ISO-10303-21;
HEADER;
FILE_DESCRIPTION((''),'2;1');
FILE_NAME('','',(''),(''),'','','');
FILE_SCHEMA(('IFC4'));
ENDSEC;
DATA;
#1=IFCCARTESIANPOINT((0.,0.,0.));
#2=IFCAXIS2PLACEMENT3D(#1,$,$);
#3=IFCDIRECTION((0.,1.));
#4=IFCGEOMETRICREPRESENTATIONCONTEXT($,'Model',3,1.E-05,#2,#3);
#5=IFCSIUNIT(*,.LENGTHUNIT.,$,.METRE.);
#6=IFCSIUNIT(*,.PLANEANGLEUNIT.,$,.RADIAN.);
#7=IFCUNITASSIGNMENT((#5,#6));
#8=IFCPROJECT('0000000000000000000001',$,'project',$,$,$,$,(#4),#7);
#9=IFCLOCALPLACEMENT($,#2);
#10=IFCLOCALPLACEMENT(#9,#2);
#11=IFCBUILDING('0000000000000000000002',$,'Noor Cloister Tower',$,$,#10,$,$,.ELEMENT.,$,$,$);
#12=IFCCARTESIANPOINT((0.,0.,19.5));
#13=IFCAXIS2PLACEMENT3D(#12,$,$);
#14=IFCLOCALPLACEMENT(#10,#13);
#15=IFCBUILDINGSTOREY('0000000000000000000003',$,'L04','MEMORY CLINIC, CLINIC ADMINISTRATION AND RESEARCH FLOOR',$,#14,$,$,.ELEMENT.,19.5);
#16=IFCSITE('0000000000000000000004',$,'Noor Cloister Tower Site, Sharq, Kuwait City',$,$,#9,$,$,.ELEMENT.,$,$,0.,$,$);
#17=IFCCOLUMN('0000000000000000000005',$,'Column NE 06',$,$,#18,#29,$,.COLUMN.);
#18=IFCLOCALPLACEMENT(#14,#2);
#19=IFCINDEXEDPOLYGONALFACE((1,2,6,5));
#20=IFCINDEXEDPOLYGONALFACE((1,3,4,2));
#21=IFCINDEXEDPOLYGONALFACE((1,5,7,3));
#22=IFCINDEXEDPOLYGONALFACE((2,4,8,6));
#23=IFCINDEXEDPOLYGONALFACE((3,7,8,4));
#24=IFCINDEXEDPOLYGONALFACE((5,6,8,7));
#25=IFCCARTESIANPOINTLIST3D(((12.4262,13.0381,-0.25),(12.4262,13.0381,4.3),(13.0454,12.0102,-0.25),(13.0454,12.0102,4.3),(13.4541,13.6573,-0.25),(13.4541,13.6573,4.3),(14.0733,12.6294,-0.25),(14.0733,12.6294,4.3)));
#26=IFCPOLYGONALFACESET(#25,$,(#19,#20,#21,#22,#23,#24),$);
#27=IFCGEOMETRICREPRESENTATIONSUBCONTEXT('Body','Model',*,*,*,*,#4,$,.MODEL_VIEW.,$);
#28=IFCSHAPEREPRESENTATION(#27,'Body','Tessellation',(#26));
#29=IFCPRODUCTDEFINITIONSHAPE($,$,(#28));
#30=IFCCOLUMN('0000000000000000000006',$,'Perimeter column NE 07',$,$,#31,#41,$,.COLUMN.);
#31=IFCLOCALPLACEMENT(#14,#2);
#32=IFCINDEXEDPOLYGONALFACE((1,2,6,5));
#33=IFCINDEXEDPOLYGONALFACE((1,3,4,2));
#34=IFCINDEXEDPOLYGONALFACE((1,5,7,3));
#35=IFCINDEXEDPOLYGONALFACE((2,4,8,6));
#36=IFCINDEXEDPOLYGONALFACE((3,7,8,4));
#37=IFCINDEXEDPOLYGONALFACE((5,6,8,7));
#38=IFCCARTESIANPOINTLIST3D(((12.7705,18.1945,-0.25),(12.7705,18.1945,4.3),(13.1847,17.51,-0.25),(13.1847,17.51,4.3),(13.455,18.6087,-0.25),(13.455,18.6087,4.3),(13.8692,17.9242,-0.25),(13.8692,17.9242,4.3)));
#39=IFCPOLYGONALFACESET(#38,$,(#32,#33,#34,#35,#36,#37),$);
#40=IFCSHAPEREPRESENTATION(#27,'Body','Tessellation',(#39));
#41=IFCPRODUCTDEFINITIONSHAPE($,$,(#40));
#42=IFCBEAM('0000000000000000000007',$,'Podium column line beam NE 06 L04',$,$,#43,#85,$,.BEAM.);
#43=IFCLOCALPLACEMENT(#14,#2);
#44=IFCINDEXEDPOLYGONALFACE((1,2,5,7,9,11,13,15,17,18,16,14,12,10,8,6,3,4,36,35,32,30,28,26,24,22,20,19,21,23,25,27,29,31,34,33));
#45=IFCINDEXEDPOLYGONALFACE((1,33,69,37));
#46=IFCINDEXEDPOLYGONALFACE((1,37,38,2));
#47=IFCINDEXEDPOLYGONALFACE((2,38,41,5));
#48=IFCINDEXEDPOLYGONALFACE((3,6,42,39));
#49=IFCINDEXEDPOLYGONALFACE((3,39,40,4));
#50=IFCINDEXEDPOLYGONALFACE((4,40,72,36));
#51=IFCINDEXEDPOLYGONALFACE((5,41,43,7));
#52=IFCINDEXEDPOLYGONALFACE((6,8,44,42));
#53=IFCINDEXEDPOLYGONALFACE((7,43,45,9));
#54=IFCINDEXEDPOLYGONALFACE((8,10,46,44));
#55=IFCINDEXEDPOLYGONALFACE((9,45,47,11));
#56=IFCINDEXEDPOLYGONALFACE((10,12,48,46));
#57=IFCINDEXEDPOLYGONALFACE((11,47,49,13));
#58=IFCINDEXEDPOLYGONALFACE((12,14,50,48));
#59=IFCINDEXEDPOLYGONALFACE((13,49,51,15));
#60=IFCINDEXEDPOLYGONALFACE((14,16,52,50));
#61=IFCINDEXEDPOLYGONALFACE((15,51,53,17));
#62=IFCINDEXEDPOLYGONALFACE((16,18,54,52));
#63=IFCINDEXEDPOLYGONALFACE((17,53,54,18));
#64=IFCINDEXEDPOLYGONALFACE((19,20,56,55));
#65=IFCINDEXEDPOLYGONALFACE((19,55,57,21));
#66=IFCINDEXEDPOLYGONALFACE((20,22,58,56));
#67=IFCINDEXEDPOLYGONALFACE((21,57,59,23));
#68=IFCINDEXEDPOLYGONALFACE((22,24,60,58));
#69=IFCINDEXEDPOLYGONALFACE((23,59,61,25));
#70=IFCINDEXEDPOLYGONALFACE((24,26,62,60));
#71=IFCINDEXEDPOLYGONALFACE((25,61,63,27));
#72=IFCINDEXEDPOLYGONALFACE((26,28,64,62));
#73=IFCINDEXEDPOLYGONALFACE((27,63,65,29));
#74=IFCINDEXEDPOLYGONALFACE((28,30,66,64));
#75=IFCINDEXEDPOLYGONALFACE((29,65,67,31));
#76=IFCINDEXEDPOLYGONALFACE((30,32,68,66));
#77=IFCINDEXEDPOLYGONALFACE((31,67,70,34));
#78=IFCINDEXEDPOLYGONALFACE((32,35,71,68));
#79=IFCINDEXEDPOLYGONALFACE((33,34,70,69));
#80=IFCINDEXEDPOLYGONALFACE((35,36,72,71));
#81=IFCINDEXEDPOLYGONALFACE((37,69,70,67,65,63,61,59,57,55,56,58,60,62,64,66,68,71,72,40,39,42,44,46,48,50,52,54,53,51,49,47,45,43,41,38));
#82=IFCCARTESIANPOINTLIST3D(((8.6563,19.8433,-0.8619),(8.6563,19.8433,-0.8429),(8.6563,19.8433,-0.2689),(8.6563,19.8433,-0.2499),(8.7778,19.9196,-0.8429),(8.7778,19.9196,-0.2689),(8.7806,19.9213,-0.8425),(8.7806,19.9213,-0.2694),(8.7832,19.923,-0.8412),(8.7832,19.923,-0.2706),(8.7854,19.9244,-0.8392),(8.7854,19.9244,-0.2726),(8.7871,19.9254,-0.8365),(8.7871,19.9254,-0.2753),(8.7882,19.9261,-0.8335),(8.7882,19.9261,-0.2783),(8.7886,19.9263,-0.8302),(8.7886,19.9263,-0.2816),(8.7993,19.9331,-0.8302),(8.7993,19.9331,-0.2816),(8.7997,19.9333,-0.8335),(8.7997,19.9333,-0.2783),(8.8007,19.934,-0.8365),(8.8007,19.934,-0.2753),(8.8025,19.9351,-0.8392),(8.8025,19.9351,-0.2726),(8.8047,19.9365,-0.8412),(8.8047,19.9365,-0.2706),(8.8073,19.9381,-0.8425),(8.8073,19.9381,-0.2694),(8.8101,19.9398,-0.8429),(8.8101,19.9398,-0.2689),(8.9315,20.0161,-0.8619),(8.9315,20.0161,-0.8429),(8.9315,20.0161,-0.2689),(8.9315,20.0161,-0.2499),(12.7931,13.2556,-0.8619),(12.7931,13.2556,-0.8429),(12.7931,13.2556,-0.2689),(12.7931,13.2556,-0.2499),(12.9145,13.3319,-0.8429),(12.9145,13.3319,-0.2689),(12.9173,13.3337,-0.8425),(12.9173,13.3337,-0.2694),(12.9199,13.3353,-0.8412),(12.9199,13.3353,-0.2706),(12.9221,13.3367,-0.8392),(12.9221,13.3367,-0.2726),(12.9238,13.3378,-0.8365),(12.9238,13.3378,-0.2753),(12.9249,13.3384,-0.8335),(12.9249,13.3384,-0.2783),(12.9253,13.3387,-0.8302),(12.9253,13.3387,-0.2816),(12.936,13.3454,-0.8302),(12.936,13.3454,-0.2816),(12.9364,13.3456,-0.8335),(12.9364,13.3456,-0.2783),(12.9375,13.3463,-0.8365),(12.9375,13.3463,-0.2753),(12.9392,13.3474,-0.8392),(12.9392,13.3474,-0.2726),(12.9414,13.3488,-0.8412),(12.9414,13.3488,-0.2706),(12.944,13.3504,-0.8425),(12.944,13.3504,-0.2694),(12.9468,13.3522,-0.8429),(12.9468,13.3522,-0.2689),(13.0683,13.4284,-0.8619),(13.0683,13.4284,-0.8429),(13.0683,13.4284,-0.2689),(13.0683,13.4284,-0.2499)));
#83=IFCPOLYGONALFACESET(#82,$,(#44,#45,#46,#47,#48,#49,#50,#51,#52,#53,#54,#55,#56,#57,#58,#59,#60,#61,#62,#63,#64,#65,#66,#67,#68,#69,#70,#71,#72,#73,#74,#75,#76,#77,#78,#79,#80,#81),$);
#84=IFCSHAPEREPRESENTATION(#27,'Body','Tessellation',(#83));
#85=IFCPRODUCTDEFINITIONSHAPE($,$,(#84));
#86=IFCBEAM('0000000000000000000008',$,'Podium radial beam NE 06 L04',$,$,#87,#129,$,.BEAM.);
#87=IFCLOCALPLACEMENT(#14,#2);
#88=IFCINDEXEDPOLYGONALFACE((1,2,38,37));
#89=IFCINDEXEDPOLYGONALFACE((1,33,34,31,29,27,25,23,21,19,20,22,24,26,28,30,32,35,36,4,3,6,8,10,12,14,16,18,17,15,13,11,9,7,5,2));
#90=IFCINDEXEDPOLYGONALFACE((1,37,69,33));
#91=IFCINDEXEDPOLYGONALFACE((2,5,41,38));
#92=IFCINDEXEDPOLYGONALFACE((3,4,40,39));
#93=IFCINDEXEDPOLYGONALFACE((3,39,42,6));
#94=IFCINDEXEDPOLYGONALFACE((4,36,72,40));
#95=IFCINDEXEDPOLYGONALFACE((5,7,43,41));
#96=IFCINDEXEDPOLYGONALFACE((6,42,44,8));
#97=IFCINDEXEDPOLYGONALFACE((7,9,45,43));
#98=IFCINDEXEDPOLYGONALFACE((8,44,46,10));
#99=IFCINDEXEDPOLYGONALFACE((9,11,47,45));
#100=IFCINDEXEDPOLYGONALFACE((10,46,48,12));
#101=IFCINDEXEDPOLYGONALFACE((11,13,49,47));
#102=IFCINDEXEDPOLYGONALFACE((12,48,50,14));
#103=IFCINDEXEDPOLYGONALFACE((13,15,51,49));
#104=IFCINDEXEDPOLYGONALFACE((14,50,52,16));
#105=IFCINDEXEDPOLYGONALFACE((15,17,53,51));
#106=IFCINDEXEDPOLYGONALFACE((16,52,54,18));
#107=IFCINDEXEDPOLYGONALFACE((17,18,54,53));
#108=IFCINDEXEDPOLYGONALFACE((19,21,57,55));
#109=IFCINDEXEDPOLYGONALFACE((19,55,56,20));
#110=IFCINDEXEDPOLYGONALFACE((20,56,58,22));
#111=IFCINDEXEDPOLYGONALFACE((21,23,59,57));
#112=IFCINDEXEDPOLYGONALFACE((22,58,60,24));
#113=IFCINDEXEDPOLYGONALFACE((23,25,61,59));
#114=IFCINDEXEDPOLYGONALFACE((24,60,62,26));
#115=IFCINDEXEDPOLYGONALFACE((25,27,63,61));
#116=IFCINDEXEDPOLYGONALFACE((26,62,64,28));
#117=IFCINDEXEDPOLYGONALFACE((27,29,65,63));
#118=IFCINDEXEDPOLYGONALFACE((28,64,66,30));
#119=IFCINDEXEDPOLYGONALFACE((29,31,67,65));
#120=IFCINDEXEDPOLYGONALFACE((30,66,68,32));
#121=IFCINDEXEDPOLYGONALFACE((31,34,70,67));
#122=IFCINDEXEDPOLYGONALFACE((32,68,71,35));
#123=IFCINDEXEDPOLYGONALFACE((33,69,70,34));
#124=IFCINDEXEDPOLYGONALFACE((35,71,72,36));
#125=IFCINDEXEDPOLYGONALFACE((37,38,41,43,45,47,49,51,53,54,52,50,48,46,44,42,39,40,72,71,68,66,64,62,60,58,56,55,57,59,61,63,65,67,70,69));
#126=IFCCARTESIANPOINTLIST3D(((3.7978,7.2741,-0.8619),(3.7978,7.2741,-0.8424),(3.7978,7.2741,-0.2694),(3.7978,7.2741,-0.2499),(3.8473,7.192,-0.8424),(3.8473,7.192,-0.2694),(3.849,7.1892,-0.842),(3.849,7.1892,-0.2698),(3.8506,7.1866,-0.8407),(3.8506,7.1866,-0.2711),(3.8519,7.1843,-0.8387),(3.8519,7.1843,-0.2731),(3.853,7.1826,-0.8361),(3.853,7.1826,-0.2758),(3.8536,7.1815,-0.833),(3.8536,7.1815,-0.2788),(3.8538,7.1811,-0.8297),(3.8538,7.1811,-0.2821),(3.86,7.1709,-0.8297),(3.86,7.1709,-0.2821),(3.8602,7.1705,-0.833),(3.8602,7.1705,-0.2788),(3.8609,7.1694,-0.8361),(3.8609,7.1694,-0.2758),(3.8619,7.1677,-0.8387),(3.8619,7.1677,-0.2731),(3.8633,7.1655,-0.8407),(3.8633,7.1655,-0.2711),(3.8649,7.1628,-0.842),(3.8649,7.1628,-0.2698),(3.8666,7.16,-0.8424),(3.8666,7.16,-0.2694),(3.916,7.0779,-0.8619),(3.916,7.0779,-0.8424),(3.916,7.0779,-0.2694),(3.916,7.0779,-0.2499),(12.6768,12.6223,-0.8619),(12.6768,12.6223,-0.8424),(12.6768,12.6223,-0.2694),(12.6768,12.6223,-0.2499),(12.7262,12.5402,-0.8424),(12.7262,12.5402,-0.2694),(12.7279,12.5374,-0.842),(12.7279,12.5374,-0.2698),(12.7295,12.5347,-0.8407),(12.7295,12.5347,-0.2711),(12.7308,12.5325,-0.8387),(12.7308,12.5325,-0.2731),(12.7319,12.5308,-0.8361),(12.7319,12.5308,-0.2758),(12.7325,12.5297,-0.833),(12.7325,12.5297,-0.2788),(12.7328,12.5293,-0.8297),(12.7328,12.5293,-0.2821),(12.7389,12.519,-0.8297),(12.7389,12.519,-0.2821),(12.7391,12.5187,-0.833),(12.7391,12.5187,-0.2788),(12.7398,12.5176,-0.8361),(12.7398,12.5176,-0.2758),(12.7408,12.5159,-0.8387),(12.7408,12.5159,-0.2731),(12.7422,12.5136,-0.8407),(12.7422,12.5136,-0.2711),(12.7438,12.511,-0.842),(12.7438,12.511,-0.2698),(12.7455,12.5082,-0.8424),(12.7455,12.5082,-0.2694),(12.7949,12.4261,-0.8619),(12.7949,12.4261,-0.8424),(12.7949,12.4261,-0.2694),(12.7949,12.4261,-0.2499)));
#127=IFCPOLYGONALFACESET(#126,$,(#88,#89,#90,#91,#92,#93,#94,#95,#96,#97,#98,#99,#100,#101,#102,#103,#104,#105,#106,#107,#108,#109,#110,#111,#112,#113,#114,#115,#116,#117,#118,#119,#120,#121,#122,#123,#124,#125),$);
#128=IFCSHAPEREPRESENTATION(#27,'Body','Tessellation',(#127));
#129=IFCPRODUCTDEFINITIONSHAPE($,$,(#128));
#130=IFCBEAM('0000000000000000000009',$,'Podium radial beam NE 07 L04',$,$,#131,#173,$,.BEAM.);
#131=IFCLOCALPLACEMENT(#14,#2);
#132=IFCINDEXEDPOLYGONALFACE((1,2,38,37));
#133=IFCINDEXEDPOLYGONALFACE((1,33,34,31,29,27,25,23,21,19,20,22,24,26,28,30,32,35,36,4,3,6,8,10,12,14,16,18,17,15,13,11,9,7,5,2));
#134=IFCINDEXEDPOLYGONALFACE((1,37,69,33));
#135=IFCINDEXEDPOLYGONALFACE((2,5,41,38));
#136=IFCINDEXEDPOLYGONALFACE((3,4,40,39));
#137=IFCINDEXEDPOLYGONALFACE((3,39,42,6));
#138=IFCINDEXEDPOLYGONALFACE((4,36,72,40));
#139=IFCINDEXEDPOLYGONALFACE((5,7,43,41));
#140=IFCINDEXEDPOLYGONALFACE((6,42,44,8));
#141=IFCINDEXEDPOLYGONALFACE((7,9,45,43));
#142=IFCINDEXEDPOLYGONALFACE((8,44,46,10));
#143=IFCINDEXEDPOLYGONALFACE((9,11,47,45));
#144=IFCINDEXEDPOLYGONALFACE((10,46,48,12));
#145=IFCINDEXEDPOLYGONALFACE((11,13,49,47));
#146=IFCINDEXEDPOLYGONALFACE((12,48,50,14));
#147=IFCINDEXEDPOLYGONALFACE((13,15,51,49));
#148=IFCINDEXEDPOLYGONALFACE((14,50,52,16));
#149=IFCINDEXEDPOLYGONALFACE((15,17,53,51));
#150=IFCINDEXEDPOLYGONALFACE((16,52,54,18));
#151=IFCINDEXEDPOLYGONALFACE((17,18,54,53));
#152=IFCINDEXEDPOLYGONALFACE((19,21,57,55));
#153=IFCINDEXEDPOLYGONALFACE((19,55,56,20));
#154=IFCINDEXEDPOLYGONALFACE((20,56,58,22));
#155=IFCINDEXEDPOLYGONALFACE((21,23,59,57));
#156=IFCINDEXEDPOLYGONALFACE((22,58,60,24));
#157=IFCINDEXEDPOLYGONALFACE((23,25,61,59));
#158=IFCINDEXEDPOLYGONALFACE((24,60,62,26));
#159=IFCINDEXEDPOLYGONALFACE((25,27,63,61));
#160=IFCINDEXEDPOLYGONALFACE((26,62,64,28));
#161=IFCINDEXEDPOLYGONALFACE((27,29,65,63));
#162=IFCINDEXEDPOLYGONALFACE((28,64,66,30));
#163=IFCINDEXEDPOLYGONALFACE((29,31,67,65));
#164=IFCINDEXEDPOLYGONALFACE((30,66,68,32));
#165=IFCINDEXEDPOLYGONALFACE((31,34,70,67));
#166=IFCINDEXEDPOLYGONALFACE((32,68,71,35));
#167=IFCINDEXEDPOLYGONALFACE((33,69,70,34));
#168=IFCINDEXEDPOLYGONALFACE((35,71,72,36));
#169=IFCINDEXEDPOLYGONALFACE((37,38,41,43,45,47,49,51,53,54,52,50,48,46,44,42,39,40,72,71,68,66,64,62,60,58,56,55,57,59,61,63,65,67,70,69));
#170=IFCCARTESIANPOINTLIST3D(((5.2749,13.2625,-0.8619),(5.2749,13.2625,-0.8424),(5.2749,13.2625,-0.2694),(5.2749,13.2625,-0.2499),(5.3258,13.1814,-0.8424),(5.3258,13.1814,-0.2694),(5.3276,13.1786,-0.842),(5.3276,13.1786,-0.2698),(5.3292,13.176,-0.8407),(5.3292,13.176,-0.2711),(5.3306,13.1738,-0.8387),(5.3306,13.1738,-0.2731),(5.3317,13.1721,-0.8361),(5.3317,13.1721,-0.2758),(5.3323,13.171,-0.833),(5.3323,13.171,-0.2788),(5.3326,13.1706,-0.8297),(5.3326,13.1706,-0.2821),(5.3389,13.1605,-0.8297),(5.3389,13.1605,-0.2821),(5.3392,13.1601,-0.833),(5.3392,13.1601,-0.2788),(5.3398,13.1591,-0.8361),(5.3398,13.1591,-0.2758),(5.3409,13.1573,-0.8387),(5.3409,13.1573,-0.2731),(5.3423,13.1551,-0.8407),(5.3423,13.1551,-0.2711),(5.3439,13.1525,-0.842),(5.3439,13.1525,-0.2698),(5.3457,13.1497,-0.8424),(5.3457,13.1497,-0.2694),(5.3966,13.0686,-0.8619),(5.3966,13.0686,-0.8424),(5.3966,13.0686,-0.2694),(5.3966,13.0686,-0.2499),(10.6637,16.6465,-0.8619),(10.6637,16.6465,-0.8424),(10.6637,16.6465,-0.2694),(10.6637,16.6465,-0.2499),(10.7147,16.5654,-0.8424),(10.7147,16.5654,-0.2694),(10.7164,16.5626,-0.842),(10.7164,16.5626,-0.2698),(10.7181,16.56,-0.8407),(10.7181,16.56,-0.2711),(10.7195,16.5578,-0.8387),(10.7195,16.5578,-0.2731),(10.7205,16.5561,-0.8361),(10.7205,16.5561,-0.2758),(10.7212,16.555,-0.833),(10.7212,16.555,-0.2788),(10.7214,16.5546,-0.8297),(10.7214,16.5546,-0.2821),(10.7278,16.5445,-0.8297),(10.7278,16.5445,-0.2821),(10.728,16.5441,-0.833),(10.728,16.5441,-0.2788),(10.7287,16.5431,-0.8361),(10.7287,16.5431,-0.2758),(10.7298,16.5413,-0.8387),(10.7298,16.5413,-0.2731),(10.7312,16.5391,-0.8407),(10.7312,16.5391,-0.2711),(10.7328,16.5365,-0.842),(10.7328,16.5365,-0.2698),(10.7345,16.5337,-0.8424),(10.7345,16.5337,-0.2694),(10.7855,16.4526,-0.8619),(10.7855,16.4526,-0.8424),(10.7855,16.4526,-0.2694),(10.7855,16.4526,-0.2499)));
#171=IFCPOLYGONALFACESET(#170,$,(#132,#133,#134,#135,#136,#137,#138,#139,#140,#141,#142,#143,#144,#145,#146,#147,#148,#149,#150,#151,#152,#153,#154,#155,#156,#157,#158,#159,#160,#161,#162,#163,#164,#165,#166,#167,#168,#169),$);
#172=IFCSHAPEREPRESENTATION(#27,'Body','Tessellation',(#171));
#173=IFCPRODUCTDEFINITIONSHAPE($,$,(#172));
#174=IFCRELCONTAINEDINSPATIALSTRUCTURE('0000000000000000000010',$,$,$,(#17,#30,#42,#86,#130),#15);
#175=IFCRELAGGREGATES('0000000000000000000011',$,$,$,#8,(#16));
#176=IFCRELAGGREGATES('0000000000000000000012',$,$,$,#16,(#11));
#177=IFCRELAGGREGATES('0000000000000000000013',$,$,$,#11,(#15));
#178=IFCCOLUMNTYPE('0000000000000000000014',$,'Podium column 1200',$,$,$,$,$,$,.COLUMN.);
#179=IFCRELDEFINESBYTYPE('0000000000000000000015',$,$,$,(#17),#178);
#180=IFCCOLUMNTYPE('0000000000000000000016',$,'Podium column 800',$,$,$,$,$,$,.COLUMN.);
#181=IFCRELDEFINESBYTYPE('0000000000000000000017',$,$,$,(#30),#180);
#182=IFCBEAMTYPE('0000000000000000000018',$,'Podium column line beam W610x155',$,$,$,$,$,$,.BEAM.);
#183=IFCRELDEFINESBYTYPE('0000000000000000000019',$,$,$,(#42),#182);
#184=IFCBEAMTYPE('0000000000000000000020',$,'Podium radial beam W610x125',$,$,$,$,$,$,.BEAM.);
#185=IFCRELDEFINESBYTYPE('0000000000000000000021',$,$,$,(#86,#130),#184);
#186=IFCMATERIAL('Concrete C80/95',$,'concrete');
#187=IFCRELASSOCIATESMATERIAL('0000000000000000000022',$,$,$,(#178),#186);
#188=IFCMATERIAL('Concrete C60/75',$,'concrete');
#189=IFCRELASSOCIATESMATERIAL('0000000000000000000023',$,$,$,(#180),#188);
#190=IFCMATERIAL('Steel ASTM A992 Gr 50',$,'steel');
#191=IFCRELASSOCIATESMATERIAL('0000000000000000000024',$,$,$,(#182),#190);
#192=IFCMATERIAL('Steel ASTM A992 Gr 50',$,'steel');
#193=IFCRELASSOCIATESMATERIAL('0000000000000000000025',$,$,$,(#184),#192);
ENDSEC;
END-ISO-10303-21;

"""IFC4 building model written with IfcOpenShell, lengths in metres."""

from ifc_helpers import new_model, si_unit, direction, frame, origin, origin_2d, place, context, subcontext, project, spatial, rectangle, i_section, extrude, material, material_profile, profile_set, type_object, element, save


model = new_model("IFC4")

# Units and contexts
model_context = context("Model", 3, precision=1e-05, world=origin(), true_north=direction((0.0, 1.0)))
body_context = subcontext(model_context, "Body", "Model", "MODEL_VIEW")
ifc_project = project(units=[si_unit("LENGTHUNIT", "METRE"), si_unit("PLANEANGLEUNIT", "RADIAN")], contexts=[model_context])

# Site, building, storey
site_placement = place(None, origin())
site = spatial("IfcSite", under=ifc_project, at=site_placement, Name="Noor Cloister Tower Site, Sharq, Kuwait City", CompositionType="ELEMENT", RefElevation=0.0)
building_placement = place(site_placement, origin())
building = spatial("IfcBuilding", under=site, at=building_placement, Name="Noor Cloister Tower", CompositionType="ELEMENT")
storey_placement = place(building_placement, frame((0.0, 0.0, 19.5)))
storey = spatial("IfcBuildingStorey", under=building, at=storey_placement, Name="L04", Description="MEMORY CLINIC, CLINIC ADMINISTRATION AND RESEARCH FLOOR", CompositionType="ELEMENT", Elevation=19.5)

# Columns
ifc_material_1 = material(Name="Concrete C80/95", Category="concrete")
ifc_material_profile_1 = material_profile(ifc_material_1, rectangle(XDim=1.2, YDim=1.2, at=origin_2d()), Name="Podium column 1200")
ifc_profile_set_1 = profile_set([ifc_material_profile_1], Name="Concrete C80/95")
column_type_1 = type_object("IfcColumnType", Name="Podium column 1200", PredefinedType="COLUMN", material=ifc_profile_set_1)
column_1_placement = place(storey_placement, frame((13.2498, 12.8337, -0.25), z_axis=(0.0, 0.0, 1.0), x_axis=(0.8566, 0.515981, 0.0)))
element("IfcColumn", 1, at=column_1_placement, inside=storey, type_object=column_type_1, Name="Column NE 06", PredefinedType="COLUMN", context=body_context, shape_type="SweptSolid", body=[
    extrude(rectangle(XDim=1.2, YDim=1.2, at=origin_2d()), origin(), (0.0, 0.0, 1.0), 4.55),
])
ifc_material_2 = material(Name="Concrete C60/75", Category="concrete")
ifc_material_profile_2 = material_profile(ifc_material_2, rectangle(XDim=0.8, YDim=0.8, at=origin_2d()), Name="Podium column 800")
ifc_profile_set_2 = profile_set([ifc_material_profile_2], Name="Concrete C60/75")
column_type_2 = type_object("IfcColumnType", Name="Podium column 800", PredefinedType="COLUMN", material=ifc_profile_set_2)
column_2_placement = place(storey_placement, frame((13.3198, 18.0593, -0.25), z_axis=(0.0, 0.0, 1.0), x_axis=(0.855574, 0.51768, 0.0)))
element("IfcColumn", 2, at=column_2_placement, inside=storey, type_object=column_type_2, Name="Perimeter column NE 07", PredefinedType="COLUMN", context=body_context, shape_type="SweptSolid", body=[
    extrude(rectangle(XDim=0.8, YDim=0.8, at=origin_2d()), origin(), (0.0, 0.0, 1.0), 4.55),
])

# Beams
ifc_material_3 = material(Name="Steel ASTM A992 Gr 50", Category="steel")
ifc_material_profile_3 = material_profile(ifc_material_3, i_section(OverallWidth=0.325, OverallDepth=0.6121, WebThickness=0.0127, FlangeThickness=0.019, FilletRadius=0.0127, at=origin_2d()), Name="W610x155")
ifc_profile_set_3 = profile_set([ifc_material_profile_3], Name="Steel ASTM A992 Gr 50")
beam_type_1 = type_object("IfcBeamType", Name="Podium column line beam W610x155", PredefinedType="BEAM", material=ifc_profile_set_3)
beam_1_placement = place(storey_placement, frame((12.9307, 13.342, -0.5559), z_axis=(-0.531795, 0.846873, 0.0), x_axis=(-0.846873, -0.531795, 0.0)))
element("IfcBeam", 3, at=beam_1_placement, inside=storey, type_object=beam_type_1, Name="Podium column line beam NE 06 L04", PredefinedType="BEAM", context=body_context, shape_type="SweptSolid", body=[
    extrude(i_section(OverallWidth=0.325, OverallDepth=0.6121, WebThickness=0.0127, FlangeThickness=0.019, FilletRadius=0.0127, at=origin_2d()), origin(), (0.0, 0.0, 1.0), 7.7788),
])
ifc_material_4 = material(Name="Steel ASTM A992 Gr 50", Category="steel")
ifc_material_profile_4 = material_profile(ifc_material_4, i_section(OverallWidth=0.229, OverallDepth=0.6121, WebThickness=0.012, FlangeThickness=0.0195, FilletRadius=0.0127, at=origin_2d()), Name="W610x125")
ifc_profile_set_4 = profile_set([ifc_material_profile_4], Name="Steel ASTM A992 Gr 50")
beam_type_2 = type_object("IfcBeamType", Name="Podium radial beam W610x125", PredefinedType="BEAM", material=ifc_profile_set_4)
beam_2_placement = place(storey_placement, frame((12.7358, 12.5242, -0.5559), z_axis=(-0.856606, -0.515971, 0.0), x_axis=(0.515971, -0.856606, 0.0)))
element("IfcBeam", 4, at=beam_2_placement, inside=storey, type_object=beam_type_2, Name="Podium radial beam NE 06 L04", PredefinedType="BEAM", context=body_context, shape_type="SweptSolid", body=[
    extrude(i_section(OverallWidth=0.229, OverallDepth=0.6121, WebThickness=0.012, FlangeThickness=0.0195, FilletRadius=0.0127, at=origin_2d()), origin(), (0.0, 0.0, 1.0), 10.3652),
])
beam_3_placement = place(storey_placement, frame((10.7246, 16.5496, -0.5559), z_axis=(-0.846869, -0.531801, 0.0), x_axis=(0.531801, -0.846869, 0.0)))
element("IfcBeam", 5, at=beam_3_placement, inside=storey, type_object=beam_type_2, Name="Podium radial beam NE 07 L04", PredefinedType="BEAM", context=body_context, shape_type="SweptSolid", body=[
    extrude(i_section(OverallWidth=0.229, OverallDepth=0.6121, WebThickness=0.012, FlangeThickness=0.0195, FilletRadius=0.0127, at=origin_2d()), origin(), (0.0, 0.0, 1.0), 6.3633),
])

save(model, "model.ifc")
